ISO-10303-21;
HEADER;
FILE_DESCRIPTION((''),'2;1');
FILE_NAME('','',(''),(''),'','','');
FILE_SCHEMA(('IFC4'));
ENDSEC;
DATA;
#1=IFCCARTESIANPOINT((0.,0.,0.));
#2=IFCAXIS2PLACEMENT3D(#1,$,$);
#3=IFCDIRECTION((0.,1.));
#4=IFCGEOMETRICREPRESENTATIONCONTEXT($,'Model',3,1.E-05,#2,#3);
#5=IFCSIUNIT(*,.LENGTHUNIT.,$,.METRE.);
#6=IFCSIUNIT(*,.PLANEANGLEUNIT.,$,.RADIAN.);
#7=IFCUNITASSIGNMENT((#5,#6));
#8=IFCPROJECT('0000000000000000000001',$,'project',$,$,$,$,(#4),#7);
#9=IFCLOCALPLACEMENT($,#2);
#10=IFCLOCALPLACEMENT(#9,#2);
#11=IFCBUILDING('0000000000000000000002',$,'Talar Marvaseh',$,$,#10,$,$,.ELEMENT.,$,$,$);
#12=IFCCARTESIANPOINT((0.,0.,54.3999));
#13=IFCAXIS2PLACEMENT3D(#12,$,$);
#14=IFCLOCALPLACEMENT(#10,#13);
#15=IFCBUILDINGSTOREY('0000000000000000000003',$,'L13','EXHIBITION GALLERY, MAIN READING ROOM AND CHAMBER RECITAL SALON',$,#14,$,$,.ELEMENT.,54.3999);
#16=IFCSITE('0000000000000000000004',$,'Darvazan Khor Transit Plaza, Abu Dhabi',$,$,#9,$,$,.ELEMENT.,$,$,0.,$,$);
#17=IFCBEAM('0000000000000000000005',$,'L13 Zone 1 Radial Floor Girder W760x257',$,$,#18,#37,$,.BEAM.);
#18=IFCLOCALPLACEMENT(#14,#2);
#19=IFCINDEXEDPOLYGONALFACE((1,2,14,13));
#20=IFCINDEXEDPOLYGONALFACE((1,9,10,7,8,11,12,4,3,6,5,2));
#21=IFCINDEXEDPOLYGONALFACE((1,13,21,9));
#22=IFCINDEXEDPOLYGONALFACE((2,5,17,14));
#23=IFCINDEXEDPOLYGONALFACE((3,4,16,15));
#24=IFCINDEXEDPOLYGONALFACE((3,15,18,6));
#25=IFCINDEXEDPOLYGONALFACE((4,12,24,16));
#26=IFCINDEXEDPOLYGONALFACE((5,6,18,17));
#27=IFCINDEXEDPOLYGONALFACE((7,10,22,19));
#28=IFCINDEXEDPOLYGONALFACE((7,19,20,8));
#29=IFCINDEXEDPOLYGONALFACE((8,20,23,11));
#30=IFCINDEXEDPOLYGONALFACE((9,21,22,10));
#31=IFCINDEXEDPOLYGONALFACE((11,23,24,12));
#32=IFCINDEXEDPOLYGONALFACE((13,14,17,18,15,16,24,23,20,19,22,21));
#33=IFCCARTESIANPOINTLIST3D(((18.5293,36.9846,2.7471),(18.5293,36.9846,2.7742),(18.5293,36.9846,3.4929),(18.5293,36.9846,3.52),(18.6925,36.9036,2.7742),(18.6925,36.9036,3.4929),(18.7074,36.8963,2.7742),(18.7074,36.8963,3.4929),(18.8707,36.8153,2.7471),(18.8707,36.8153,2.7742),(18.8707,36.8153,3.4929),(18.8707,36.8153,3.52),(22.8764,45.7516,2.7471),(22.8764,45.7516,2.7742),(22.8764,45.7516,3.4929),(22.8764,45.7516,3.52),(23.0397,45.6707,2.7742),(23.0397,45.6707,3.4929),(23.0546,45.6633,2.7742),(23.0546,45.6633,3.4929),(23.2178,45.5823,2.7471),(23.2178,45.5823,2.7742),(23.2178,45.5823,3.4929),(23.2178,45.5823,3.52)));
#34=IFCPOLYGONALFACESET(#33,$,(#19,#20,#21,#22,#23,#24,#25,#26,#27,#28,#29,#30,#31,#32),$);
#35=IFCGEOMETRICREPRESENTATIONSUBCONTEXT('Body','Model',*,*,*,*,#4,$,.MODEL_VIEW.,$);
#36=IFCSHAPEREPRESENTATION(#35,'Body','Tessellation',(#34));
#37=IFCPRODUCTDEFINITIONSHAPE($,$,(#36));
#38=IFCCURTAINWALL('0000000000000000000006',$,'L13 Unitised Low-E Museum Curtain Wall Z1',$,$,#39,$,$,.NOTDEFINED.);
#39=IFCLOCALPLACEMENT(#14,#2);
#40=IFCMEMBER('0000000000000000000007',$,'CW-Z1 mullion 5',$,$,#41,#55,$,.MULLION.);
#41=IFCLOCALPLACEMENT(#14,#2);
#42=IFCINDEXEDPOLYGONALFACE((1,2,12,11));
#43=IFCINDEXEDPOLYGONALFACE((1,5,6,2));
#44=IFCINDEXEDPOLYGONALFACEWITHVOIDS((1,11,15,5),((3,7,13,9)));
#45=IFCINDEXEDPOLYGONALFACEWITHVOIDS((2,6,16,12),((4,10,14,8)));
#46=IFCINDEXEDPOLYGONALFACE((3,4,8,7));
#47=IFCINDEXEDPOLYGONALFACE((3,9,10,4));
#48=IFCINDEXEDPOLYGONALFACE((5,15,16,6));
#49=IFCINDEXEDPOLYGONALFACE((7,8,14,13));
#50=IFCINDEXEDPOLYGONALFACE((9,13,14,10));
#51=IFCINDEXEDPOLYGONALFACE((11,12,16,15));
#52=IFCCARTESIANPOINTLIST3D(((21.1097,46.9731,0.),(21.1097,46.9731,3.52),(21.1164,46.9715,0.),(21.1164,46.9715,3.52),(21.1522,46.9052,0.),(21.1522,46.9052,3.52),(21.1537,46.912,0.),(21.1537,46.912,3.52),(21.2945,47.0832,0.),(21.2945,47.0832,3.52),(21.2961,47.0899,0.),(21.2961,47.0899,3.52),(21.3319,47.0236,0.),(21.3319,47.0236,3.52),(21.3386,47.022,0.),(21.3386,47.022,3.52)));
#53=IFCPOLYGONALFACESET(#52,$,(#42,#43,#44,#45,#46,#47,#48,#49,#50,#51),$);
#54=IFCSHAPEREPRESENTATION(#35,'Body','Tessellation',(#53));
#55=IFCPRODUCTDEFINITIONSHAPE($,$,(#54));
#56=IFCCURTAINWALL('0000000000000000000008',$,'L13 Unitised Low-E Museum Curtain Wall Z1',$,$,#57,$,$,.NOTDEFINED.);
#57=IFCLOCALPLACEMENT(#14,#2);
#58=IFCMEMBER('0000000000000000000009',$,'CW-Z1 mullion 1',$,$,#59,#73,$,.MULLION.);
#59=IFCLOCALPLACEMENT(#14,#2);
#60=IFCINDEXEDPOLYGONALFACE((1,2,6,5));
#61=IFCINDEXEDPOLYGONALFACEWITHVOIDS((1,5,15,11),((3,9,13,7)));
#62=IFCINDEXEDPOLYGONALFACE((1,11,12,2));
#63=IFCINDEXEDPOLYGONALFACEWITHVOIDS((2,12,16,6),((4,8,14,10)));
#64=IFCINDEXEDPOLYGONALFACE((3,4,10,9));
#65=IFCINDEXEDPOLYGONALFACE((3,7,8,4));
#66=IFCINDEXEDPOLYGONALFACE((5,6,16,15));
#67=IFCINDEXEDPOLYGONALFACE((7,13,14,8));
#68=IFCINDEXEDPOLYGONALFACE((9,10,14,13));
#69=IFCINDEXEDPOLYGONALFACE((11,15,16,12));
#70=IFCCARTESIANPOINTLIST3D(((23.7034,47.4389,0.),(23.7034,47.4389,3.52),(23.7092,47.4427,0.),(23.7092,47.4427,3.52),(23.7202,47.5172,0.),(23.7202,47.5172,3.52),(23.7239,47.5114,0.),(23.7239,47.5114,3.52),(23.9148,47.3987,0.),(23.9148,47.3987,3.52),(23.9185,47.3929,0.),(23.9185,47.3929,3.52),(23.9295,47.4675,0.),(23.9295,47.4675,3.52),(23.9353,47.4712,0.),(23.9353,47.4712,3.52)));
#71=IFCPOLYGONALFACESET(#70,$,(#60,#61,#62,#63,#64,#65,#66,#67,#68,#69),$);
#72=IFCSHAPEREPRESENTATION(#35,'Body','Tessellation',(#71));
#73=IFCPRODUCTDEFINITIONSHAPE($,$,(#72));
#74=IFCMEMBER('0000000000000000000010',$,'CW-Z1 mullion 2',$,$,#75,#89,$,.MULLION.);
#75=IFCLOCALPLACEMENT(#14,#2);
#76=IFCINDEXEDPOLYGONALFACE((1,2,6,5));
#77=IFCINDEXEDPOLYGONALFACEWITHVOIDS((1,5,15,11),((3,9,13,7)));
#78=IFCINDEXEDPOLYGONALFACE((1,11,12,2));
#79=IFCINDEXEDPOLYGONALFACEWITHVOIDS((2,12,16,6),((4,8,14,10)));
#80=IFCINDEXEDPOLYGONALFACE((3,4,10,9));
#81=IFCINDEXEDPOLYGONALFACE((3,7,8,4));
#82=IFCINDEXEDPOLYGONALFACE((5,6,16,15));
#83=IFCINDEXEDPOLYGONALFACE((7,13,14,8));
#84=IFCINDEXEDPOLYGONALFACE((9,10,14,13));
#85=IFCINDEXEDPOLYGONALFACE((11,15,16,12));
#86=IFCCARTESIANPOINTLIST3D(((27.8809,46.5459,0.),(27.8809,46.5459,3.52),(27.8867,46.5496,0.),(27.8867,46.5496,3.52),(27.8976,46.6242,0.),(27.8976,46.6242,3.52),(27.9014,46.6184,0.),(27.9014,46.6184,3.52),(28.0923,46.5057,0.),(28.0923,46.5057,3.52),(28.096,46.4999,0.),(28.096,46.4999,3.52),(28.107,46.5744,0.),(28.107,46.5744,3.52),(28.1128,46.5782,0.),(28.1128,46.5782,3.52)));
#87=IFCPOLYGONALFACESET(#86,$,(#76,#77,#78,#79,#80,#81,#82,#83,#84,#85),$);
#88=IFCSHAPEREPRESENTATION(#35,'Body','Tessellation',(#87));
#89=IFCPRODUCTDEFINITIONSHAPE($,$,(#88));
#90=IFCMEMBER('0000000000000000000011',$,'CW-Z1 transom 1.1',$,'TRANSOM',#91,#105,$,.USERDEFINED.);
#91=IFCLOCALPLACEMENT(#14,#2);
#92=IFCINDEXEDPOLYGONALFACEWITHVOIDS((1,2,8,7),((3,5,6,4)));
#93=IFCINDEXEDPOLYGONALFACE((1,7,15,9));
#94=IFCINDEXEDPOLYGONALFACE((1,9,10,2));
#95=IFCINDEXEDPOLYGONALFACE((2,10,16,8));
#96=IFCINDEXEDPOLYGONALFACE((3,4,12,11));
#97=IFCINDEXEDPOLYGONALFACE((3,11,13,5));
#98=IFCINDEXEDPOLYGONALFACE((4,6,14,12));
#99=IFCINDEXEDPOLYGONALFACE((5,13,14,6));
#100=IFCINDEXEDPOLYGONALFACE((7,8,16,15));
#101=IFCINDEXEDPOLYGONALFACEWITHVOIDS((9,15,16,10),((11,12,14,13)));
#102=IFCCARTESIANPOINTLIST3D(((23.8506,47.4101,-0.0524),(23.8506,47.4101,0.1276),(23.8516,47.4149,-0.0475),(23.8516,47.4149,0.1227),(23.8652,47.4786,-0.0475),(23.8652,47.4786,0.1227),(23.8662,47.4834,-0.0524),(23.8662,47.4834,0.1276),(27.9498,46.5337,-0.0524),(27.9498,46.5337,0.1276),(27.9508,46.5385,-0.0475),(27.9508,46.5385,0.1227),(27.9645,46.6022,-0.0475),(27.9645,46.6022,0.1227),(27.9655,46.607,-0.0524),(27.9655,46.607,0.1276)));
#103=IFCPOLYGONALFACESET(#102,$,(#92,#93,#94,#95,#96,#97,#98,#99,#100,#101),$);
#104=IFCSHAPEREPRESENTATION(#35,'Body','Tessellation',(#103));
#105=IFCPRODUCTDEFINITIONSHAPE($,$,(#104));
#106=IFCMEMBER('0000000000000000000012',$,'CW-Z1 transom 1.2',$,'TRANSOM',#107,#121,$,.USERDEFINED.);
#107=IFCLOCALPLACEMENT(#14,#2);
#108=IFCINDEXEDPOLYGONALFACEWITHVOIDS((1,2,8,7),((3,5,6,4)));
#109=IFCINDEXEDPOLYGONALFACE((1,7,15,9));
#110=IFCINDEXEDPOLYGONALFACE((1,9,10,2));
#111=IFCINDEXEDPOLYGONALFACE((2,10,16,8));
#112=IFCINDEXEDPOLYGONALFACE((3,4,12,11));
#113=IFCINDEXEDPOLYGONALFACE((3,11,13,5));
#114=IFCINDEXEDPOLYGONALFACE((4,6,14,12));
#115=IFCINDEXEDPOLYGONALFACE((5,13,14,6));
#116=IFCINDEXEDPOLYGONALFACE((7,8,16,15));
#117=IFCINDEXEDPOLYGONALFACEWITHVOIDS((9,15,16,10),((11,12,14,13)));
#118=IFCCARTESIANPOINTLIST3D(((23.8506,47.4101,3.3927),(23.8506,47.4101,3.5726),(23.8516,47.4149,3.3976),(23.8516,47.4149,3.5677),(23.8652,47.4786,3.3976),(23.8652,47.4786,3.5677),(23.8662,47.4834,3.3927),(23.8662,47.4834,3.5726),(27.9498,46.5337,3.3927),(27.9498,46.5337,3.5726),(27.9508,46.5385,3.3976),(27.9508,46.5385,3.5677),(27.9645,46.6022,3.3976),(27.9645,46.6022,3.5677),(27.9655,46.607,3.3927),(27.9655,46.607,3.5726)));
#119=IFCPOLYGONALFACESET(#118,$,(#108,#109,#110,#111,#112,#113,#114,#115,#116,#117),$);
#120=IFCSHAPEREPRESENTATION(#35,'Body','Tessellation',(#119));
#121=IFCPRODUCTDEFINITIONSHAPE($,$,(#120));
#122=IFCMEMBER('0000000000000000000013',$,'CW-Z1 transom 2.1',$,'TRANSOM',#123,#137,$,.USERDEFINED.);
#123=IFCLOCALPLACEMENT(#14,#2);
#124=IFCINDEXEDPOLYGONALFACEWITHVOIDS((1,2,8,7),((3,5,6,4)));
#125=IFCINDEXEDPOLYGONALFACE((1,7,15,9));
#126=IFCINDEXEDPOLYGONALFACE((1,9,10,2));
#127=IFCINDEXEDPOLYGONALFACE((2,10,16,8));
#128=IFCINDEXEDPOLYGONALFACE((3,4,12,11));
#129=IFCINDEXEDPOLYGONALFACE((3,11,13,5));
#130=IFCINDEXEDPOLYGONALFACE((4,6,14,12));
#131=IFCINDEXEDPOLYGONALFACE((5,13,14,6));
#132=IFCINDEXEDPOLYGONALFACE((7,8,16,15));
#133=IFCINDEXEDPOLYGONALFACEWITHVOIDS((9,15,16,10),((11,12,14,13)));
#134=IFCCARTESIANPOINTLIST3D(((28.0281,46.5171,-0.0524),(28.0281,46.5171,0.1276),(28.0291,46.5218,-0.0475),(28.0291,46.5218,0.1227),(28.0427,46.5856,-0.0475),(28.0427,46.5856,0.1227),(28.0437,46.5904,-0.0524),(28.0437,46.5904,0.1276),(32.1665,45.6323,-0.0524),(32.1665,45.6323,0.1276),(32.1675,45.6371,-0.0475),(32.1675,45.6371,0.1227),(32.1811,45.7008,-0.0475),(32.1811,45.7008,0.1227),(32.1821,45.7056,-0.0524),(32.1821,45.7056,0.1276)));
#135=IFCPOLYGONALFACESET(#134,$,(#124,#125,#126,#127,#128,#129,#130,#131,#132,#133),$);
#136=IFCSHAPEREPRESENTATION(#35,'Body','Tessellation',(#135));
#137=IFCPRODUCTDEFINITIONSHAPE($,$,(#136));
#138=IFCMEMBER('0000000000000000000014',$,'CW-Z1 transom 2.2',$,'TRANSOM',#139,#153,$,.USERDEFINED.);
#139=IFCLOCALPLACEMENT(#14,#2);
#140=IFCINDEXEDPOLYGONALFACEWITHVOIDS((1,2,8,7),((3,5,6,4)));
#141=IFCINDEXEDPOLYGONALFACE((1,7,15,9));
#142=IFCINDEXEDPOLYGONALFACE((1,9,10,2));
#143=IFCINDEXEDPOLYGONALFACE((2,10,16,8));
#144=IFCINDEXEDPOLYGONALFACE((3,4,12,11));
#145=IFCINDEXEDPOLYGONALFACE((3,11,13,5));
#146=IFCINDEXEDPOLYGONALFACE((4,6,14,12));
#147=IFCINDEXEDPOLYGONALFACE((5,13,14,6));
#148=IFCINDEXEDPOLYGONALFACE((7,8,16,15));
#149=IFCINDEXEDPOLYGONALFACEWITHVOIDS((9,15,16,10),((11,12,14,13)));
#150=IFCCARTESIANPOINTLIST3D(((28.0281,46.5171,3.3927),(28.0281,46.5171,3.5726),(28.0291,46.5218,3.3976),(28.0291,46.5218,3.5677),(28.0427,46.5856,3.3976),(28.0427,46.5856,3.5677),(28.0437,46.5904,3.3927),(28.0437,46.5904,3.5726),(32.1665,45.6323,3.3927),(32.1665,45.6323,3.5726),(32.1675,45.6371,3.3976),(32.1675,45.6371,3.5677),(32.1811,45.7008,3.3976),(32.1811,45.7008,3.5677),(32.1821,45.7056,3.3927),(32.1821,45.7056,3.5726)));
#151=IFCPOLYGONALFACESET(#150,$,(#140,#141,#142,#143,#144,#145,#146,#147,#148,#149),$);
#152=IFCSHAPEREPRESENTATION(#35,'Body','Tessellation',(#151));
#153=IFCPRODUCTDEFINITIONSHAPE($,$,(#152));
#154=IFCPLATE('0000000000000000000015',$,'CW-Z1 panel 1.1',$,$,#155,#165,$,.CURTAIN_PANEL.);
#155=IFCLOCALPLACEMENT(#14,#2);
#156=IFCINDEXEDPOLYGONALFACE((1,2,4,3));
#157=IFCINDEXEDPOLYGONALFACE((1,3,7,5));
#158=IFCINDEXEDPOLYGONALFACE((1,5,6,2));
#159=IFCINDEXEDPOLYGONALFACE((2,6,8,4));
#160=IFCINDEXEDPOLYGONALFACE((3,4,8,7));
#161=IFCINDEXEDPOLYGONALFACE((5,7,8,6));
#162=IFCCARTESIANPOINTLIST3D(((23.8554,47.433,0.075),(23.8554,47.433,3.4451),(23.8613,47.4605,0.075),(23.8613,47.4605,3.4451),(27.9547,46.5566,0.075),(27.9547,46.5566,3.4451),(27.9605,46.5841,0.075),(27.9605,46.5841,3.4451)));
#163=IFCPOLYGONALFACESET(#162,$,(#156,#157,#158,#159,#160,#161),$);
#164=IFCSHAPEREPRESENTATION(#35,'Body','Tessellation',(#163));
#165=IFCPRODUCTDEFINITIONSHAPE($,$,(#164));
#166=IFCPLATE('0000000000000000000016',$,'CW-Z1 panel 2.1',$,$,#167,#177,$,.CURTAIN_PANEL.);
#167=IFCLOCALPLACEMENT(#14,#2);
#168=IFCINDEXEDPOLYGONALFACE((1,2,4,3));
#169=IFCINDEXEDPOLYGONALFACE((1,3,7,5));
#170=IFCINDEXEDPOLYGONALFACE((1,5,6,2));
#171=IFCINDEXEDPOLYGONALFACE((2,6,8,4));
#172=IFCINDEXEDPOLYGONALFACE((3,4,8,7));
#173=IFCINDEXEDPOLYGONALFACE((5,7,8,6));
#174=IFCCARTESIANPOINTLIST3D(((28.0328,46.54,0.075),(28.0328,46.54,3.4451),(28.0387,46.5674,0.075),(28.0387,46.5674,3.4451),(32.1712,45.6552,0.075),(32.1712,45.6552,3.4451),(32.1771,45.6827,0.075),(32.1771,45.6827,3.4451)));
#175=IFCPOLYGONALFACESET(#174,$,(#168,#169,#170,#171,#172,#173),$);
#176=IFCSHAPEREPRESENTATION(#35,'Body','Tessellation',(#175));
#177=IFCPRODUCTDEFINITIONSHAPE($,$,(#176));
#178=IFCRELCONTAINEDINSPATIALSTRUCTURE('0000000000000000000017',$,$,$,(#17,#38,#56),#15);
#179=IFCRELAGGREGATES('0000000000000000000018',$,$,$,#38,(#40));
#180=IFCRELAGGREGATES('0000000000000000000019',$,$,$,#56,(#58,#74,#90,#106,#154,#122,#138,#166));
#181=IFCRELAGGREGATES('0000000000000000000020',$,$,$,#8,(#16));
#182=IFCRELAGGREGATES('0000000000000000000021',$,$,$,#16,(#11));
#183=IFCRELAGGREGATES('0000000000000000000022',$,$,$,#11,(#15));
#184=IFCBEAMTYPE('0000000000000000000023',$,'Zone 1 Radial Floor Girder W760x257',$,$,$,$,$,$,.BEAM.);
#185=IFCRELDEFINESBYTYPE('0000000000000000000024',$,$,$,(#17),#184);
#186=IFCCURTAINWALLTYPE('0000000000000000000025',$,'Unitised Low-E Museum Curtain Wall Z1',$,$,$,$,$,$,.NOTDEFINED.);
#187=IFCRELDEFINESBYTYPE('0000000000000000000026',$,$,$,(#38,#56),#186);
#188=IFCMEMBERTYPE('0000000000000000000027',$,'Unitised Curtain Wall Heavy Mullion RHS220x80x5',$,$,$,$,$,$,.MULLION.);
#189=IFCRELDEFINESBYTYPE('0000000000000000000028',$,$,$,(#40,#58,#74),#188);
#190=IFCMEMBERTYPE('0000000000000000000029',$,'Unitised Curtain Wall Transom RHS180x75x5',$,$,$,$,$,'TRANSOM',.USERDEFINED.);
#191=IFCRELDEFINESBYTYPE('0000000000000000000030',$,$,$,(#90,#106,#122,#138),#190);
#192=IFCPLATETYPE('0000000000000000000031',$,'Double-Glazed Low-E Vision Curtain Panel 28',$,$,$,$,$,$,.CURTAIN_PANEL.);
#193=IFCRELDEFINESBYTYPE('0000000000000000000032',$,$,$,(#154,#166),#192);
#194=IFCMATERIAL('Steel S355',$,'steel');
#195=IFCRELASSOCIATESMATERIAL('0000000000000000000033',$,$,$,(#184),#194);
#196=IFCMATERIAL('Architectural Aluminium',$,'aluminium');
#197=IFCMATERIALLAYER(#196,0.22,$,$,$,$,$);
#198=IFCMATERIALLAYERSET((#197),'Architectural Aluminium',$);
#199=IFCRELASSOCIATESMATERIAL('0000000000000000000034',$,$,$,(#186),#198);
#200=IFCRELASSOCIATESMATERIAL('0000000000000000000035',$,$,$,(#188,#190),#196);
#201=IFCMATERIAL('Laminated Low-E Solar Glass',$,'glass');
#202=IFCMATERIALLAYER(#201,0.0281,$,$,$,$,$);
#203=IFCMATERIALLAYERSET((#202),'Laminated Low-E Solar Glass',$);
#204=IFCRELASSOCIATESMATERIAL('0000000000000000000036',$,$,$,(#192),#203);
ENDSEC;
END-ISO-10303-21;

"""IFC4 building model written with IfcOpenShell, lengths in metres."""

from ifc_helpers import new_model, si_unit, direction, frame, origin, origin_2d, place, context, subcontext, project, spatial, rectangle, hollow_rectangle, i_section, extrude, source, transform, mapped, material, layer, layer_set, material_profile, profile_set, type_object, type_shapes, element, aggregate, save


model = new_model("IFC4")

# Units and contexts
model_context = context("Model", 3, precision=1e-05, world=origin(), true_north=direction((0.0, 1.0)))
body_context = subcontext(model_context, "Body", "Model", "MODEL_VIEW")
ifc_project = project(units=[si_unit("LENGTHUNIT", "METRE"), si_unit("PLANEANGLEUNIT", "RADIAN")], contexts=[model_context])

# Site, building, storey
site_placement = place(None, origin())
site = spatial("IfcSite", under=ifc_project, at=site_placement, Name="Darvazan Khor Transit Plaza, Abu Dhabi", CompositionType="ELEMENT", RefElevation=0.0)
building_placement = place(site_placement, origin())
building = spatial("IfcBuilding", under=site, at=building_placement, Name="Talar Marvaseh", CompositionType="ELEMENT")
storey_placement = place(building_placement, frame((0.0, 0.0, 54.3999)))
storey = spatial("IfcBuildingStorey", under=building, at=storey_placement, Name="L13", Description="EXHIBITION GALLERY, MAIN READING ROOM AND CHAMBER RECITAL SALON", CompositionType="ELEMENT", Elevation=54.3999)

# Beam
ifc_material_1 = material(Name="Steel S355", Category="steel")
ifc_material_profile_1 = material_profile(ifc_material_1, i_section(OverallWidth=0.3811, OverallDepth=0.7729, WebThickness=0.0166, FlangeThickness=0.0271, at=origin_2d()), Name="W760x257")
ifc_profile_set_1 = profile_set([ifc_material_profile_1], Name="Steel S355")
beam_type = type_object("IfcBeamType", Name="Zone 1 Radial Floor Girder W760x257", PredefinedType="BEAM", material=ifc_profile_set_1)
beam_placement = place(storey_placement, frame((23.0471, 45.667, 3.1335), z_axis=(-0.444237, -0.895909, 0.0), x_axis=(0.895909, -0.444237, 0.0)))
element("IfcBeam", 1, at=beam_placement, inside=storey, type_object=beam_type, Name="L13 Zone 1 Radial Floor Girder W760x257", PredefinedType="BEAM", context=body_context, shape_type="SweptSolid", body=[
    extrude(i_section(OverallWidth=0.3811, OverallDepth=0.7729, WebThickness=0.0166, FlangeThickness=0.0271, at=origin_2d()), origin(), (0.0, 0.0, 1.0), 9.7856),
])

# Curtain wall, member
ifc_material_2 = material(Name="Architectural Aluminium", Category="aluminium")
ifc_layer_1 = layer(ifc_material_2, 0.22)
ifc_layer_set_1 = layer_set([ifc_layer_1], Name="Architectural Aluminium")
curtain_wall_type = type_object("IfcCurtainWallType", Name="Unitised Low-E Museum Curtain Wall Z1", PredefinedType="NOTDEFINED", material=ifc_layer_set_1)
curtain_wall_1_placement = place(storey_placement, origin())
curtain_wall_1 = element("IfcCurtainWall", 2, at=curtain_wall_1_placement, inside=storey, type_object=curtain_wall_type, Name="L13 Unitised Low-E Museum Curtain Wall Z1", PredefinedType="NOTDEFINED")
ifc_material_profile_2 = material_profile(ifc_material_2, hollow_rectangle(XDim=0.0801, YDim=0.22, WallThickness=0.0049, at=origin_2d()), Name="RHS220x80x5")
ifc_profile_set_2 = profile_set([ifc_material_profile_2], Name="Architectural Aluminium")
member_type_1 = type_object("IfcMemberType", Name="Unitised Curtain Wall Heavy Mullion RHS220x80x5", PredefinedType="MULLION", material=ifc_profile_set_2)
shared_shape_1 = source(origin(), body_context, "Body", "SweptSolid", [
    extrude(hollow_rectangle(XDim=0.0801, YDim=0.22, WallThickness=0.0049, at=origin_2d()), origin(), (0.0, 0.0, 1.0), 3.52),
])
type_shapes(member_type_1, [shared_shape_1])
member_1_placement = place(storey_placement, frame((21.2241, 46.9976, 0.0), z_axis=(0.0, 0.0, 1.0), x_axis=(-0.530927, 0.847418, 0.0)))
member_1 = element("IfcMember", 3, at=member_1_placement, type_object=member_type_1, Name="CW-Z1 mullion 5", PredefinedType="MULLION", context=body_context, shape_type="MappedRepresentation", body=[
    mapped(shared_shape_1, transform((0.0, 0.0, 0.0), x_axis=(1.0, 0.0, 0.0), y_axis=(0.0, 1.0, 0.0), z_axis=(0.0, 0.0, 1.0), scale=1.0)),
])
aggregate(curtain_wall_1, [member_1])

# Curtain wall, members, plates
curtain_wall_2_placement = place(storey_placement, origin())
curtain_wall_2 = element("IfcCurtainWall", 4, at=curtain_wall_2_placement, inside=storey, type_object=curtain_wall_type, Name="L13 Unitised Low-E Museum Curtain Wall Z1", PredefinedType="NOTDEFINED")
member_2_placement = place(storey_placement, frame((23.8193, 47.4551, 0.0), z_axis=(0.0, 0.0, 1.0), x_axis=(0.209073, 0.9779, 0.0)))
member_2 = element("IfcMember", 5, at=member_2_placement, type_object=member_type_1, Name="CW-Z1 mullion 1", PredefinedType="MULLION", context=body_context, shape_type="MappedRepresentation", body=[
    mapped(shared_shape_1, transform((0.0, 0.0, 0.0), x_axis=(1.0, 0.0, 0.0), y_axis=(0.0, 1.0, 0.0), z_axis=(0.0, 0.0, 1.0), scale=1.0)),
])
member_3_placement = place(storey_placement, frame((27.9968, 46.562, 0.0), z_axis=(0.0, 0.0, 1.0), x_axis=(0.209073, 0.9779, 0.0)))
member_3 = element("IfcMember", 6, at=member_3_placement, type_object=member_type_1, Name="CW-Z1 mullion 2", PredefinedType="MULLION", context=body_context, shape_type="MappedRepresentation", body=[
    mapped(shared_shape_1, transform((0.0, 0.0, 0.0), x_axis=(1.0, 0.0, 0.0), y_axis=(0.0, 1.0, 0.0), z_axis=(0.0, 0.0, 1.0), scale=1.0)),
])
ifc_material_profile_3 = material_profile(ifc_material_2, hollow_rectangle(XDim=0.075, YDim=0.1799, WallThickness=0.0049, at=origin_2d()), Name="RHS180x75x5")
ifc_profile_set_3 = profile_set([ifc_material_profile_3], Name="Architectural Aluminium")
member_type_2 = type_object("IfcMemberType", Name="Unitised Curtain Wall Transom RHS180x75x5", ElementType="TRANSOM", PredefinedType="USERDEFINED", material=ifc_profile_set_3)
shared_shape_2 = source(origin(), body_context, "Body", "SweptSolid", [
    extrude(hollow_rectangle(XDim=0.075, YDim=0.1799, WallThickness=0.0049, at=origin_2d()), origin(), (0.0, 0.0, 1.0), 4.1919),
])
member_4_placement = place(storey_placement, frame((23.8584, 47.4468, 0.0376), z_axis=(0.977899, -0.20908, 0.0), x_axis=(0.20908, 0.977899, 0.0)))
member_4 = element("IfcMember", 7, at=member_4_placement, type_object=member_type_2, Name="CW-Z1 transom 1.1", ObjectType="TRANSOM", PredefinedType="USERDEFINED", context=body_context, shape_type="MappedRepresentation", body=[
    mapped(shared_shape_2, transform((0.0, 0.0, 0.0), x_axis=(1.0, 0.0, 0.0), y_axis=(0.0, 1.0, 0.0), z_axis=(0.0, 0.0, 1.0), scale=1.0)),
])
member_5_placement = place(storey_placement, frame((23.8584, 47.4468, 3.4827), z_axis=(0.977899, -0.20908, 0.0), x_axis=(0.20908, 0.977899, 0.0)))
member_5 = element("IfcMember", 8, at=member_5_placement, type_object=member_type_2, Name="CW-Z1 transom 1.2", ObjectType="TRANSOM", PredefinedType="USERDEFINED", context=body_context, shape_type="MappedRepresentation", body=[
    mapped(shared_shape_2, transform((0.0, 0.0, 0.0), x_axis=(1.0, 0.0, 0.0), y_axis=(0.0, 1.0, 0.0), z_axis=(0.0, 0.0, 1.0), scale=1.0)),
])
shared_shape_3 = source(origin(), body_context, "Body", "SweptSolid", [
    extrude(hollow_rectangle(XDim=0.075, YDim=0.1799, WallThickness=0.0049, at=origin_2d()), origin(), (0.0, 0.0, 1.0), 4.2319),
])
type_shapes(member_type_2, [shared_shape_2, shared_shape_3])
member_6_placement = place(storey_placement, frame((28.0359, 46.5537, 0.0376), z_axis=(0.977901, -0.209068, 0.0), x_axis=(0.209068, 0.977901, 0.0)))
member_6 = element("IfcMember", 9, at=member_6_placement, type_object=member_type_2, Name="CW-Z1 transom 2.1", ObjectType="TRANSOM", PredefinedType="USERDEFINED", context=body_context, shape_type="MappedRepresentation", body=[
    mapped(shared_shape_3, transform((0.0, 0.0, 0.0), x_axis=(1.0, 0.0, 0.0), y_axis=(0.0, 1.0, 0.0), z_axis=(0.0, 0.0, 1.0), scale=1.0)),
])
member_7_placement = place(storey_placement, frame((28.0359, 46.5537, 3.4827), z_axis=(0.977901, -0.209068, 0.0), x_axis=(0.209068, 0.977901, 0.0)))
member_7 = element("IfcMember", 10, at=member_7_placement, type_object=member_type_2, Name="CW-Z1 transom 2.2", ObjectType="TRANSOM", PredefinedType="USERDEFINED", context=body_context, shape_type="MappedRepresentation", body=[
    mapped(shared_shape_3, transform((0.0, 0.0, 0.0), x_axis=(1.0, 0.0, 0.0), y_axis=(0.0, 1.0, 0.0), z_axis=(0.0, 0.0, 1.0), scale=1.0)),
])
ifc_material_3 = material(Name="Laminated Low-E Solar Glass", Category="glass")
ifc_layer_2 = layer(ifc_material_3, 0.0281)
ifc_layer_set_2 = layer_set([ifc_layer_2], Name="Laminated Low-E Solar Glass")
plate_type = type_object("IfcPlateType", Name="Double-Glazed Low-E Vision Curtain Panel 28", PredefinedType="CURTAIN_PANEL", material=ifc_layer_set_2)
shared_shape_4 = source(origin(), body_context, "Body", "SweptSolid", [
    extrude(rectangle(XDim=4.1919, YDim=0.0281, at=origin_2d()), origin(), (0.0, 0.0, 1.0), 3.3701),
])
plate_1_placement = place(storey_placement, frame((25.908, 47.0085, 0.075), z_axis=(0.0, 0.0, 1.0), x_axis=(0.9779, -0.209073, 0.0)))
plate_1 = element("IfcPlate", 11, at=plate_1_placement, type_object=plate_type, Name="CW-Z1 panel 1.1", PredefinedType="CURTAIN_PANEL", context=body_context, shape_type="MappedRepresentation", body=[
    mapped(shared_shape_4, transform((0.0, 0.0, 0.0), x_axis=(1.0, 0.0, 0.0), y_axis=(0.0, 1.0, 0.0), z_axis=(0.0, 0.0, 1.0), scale=1.0)),
])
shared_shape_5 = source(origin(), body_context, "Body", "SweptSolid", [
    extrude(rectangle(XDim=4.2319, YDim=0.0281, at=origin_2d()), origin(), (0.0, 0.0, 1.0), 3.3701),
])
type_shapes(plate_type, [shared_shape_4, shared_shape_5])
plate_2_placement = place(storey_placement, frame((30.105, 46.1113, 0.075), z_axis=(0.0, 0.0, 1.0), x_axis=(0.9779, -0.209073, 0.0)))
plate_2 = element("IfcPlate", 12, at=plate_2_placement, type_object=plate_type, Name="CW-Z1 panel 2.1", PredefinedType="CURTAIN_PANEL", context=body_context, shape_type="MappedRepresentation", body=[
    mapped(shared_shape_5, transform((0.0, 0.0, 0.0), x_axis=(1.0, 0.0, 0.0), y_axis=(0.0, 1.0, 0.0), z_axis=(0.0, 0.0, 1.0), scale=1.0)),
])
aggregate(curtain_wall_2, [member_2, member_3, member_4, member_5, plate_1, member_6, member_7, plate_2])

save(model, "model.ifc")
